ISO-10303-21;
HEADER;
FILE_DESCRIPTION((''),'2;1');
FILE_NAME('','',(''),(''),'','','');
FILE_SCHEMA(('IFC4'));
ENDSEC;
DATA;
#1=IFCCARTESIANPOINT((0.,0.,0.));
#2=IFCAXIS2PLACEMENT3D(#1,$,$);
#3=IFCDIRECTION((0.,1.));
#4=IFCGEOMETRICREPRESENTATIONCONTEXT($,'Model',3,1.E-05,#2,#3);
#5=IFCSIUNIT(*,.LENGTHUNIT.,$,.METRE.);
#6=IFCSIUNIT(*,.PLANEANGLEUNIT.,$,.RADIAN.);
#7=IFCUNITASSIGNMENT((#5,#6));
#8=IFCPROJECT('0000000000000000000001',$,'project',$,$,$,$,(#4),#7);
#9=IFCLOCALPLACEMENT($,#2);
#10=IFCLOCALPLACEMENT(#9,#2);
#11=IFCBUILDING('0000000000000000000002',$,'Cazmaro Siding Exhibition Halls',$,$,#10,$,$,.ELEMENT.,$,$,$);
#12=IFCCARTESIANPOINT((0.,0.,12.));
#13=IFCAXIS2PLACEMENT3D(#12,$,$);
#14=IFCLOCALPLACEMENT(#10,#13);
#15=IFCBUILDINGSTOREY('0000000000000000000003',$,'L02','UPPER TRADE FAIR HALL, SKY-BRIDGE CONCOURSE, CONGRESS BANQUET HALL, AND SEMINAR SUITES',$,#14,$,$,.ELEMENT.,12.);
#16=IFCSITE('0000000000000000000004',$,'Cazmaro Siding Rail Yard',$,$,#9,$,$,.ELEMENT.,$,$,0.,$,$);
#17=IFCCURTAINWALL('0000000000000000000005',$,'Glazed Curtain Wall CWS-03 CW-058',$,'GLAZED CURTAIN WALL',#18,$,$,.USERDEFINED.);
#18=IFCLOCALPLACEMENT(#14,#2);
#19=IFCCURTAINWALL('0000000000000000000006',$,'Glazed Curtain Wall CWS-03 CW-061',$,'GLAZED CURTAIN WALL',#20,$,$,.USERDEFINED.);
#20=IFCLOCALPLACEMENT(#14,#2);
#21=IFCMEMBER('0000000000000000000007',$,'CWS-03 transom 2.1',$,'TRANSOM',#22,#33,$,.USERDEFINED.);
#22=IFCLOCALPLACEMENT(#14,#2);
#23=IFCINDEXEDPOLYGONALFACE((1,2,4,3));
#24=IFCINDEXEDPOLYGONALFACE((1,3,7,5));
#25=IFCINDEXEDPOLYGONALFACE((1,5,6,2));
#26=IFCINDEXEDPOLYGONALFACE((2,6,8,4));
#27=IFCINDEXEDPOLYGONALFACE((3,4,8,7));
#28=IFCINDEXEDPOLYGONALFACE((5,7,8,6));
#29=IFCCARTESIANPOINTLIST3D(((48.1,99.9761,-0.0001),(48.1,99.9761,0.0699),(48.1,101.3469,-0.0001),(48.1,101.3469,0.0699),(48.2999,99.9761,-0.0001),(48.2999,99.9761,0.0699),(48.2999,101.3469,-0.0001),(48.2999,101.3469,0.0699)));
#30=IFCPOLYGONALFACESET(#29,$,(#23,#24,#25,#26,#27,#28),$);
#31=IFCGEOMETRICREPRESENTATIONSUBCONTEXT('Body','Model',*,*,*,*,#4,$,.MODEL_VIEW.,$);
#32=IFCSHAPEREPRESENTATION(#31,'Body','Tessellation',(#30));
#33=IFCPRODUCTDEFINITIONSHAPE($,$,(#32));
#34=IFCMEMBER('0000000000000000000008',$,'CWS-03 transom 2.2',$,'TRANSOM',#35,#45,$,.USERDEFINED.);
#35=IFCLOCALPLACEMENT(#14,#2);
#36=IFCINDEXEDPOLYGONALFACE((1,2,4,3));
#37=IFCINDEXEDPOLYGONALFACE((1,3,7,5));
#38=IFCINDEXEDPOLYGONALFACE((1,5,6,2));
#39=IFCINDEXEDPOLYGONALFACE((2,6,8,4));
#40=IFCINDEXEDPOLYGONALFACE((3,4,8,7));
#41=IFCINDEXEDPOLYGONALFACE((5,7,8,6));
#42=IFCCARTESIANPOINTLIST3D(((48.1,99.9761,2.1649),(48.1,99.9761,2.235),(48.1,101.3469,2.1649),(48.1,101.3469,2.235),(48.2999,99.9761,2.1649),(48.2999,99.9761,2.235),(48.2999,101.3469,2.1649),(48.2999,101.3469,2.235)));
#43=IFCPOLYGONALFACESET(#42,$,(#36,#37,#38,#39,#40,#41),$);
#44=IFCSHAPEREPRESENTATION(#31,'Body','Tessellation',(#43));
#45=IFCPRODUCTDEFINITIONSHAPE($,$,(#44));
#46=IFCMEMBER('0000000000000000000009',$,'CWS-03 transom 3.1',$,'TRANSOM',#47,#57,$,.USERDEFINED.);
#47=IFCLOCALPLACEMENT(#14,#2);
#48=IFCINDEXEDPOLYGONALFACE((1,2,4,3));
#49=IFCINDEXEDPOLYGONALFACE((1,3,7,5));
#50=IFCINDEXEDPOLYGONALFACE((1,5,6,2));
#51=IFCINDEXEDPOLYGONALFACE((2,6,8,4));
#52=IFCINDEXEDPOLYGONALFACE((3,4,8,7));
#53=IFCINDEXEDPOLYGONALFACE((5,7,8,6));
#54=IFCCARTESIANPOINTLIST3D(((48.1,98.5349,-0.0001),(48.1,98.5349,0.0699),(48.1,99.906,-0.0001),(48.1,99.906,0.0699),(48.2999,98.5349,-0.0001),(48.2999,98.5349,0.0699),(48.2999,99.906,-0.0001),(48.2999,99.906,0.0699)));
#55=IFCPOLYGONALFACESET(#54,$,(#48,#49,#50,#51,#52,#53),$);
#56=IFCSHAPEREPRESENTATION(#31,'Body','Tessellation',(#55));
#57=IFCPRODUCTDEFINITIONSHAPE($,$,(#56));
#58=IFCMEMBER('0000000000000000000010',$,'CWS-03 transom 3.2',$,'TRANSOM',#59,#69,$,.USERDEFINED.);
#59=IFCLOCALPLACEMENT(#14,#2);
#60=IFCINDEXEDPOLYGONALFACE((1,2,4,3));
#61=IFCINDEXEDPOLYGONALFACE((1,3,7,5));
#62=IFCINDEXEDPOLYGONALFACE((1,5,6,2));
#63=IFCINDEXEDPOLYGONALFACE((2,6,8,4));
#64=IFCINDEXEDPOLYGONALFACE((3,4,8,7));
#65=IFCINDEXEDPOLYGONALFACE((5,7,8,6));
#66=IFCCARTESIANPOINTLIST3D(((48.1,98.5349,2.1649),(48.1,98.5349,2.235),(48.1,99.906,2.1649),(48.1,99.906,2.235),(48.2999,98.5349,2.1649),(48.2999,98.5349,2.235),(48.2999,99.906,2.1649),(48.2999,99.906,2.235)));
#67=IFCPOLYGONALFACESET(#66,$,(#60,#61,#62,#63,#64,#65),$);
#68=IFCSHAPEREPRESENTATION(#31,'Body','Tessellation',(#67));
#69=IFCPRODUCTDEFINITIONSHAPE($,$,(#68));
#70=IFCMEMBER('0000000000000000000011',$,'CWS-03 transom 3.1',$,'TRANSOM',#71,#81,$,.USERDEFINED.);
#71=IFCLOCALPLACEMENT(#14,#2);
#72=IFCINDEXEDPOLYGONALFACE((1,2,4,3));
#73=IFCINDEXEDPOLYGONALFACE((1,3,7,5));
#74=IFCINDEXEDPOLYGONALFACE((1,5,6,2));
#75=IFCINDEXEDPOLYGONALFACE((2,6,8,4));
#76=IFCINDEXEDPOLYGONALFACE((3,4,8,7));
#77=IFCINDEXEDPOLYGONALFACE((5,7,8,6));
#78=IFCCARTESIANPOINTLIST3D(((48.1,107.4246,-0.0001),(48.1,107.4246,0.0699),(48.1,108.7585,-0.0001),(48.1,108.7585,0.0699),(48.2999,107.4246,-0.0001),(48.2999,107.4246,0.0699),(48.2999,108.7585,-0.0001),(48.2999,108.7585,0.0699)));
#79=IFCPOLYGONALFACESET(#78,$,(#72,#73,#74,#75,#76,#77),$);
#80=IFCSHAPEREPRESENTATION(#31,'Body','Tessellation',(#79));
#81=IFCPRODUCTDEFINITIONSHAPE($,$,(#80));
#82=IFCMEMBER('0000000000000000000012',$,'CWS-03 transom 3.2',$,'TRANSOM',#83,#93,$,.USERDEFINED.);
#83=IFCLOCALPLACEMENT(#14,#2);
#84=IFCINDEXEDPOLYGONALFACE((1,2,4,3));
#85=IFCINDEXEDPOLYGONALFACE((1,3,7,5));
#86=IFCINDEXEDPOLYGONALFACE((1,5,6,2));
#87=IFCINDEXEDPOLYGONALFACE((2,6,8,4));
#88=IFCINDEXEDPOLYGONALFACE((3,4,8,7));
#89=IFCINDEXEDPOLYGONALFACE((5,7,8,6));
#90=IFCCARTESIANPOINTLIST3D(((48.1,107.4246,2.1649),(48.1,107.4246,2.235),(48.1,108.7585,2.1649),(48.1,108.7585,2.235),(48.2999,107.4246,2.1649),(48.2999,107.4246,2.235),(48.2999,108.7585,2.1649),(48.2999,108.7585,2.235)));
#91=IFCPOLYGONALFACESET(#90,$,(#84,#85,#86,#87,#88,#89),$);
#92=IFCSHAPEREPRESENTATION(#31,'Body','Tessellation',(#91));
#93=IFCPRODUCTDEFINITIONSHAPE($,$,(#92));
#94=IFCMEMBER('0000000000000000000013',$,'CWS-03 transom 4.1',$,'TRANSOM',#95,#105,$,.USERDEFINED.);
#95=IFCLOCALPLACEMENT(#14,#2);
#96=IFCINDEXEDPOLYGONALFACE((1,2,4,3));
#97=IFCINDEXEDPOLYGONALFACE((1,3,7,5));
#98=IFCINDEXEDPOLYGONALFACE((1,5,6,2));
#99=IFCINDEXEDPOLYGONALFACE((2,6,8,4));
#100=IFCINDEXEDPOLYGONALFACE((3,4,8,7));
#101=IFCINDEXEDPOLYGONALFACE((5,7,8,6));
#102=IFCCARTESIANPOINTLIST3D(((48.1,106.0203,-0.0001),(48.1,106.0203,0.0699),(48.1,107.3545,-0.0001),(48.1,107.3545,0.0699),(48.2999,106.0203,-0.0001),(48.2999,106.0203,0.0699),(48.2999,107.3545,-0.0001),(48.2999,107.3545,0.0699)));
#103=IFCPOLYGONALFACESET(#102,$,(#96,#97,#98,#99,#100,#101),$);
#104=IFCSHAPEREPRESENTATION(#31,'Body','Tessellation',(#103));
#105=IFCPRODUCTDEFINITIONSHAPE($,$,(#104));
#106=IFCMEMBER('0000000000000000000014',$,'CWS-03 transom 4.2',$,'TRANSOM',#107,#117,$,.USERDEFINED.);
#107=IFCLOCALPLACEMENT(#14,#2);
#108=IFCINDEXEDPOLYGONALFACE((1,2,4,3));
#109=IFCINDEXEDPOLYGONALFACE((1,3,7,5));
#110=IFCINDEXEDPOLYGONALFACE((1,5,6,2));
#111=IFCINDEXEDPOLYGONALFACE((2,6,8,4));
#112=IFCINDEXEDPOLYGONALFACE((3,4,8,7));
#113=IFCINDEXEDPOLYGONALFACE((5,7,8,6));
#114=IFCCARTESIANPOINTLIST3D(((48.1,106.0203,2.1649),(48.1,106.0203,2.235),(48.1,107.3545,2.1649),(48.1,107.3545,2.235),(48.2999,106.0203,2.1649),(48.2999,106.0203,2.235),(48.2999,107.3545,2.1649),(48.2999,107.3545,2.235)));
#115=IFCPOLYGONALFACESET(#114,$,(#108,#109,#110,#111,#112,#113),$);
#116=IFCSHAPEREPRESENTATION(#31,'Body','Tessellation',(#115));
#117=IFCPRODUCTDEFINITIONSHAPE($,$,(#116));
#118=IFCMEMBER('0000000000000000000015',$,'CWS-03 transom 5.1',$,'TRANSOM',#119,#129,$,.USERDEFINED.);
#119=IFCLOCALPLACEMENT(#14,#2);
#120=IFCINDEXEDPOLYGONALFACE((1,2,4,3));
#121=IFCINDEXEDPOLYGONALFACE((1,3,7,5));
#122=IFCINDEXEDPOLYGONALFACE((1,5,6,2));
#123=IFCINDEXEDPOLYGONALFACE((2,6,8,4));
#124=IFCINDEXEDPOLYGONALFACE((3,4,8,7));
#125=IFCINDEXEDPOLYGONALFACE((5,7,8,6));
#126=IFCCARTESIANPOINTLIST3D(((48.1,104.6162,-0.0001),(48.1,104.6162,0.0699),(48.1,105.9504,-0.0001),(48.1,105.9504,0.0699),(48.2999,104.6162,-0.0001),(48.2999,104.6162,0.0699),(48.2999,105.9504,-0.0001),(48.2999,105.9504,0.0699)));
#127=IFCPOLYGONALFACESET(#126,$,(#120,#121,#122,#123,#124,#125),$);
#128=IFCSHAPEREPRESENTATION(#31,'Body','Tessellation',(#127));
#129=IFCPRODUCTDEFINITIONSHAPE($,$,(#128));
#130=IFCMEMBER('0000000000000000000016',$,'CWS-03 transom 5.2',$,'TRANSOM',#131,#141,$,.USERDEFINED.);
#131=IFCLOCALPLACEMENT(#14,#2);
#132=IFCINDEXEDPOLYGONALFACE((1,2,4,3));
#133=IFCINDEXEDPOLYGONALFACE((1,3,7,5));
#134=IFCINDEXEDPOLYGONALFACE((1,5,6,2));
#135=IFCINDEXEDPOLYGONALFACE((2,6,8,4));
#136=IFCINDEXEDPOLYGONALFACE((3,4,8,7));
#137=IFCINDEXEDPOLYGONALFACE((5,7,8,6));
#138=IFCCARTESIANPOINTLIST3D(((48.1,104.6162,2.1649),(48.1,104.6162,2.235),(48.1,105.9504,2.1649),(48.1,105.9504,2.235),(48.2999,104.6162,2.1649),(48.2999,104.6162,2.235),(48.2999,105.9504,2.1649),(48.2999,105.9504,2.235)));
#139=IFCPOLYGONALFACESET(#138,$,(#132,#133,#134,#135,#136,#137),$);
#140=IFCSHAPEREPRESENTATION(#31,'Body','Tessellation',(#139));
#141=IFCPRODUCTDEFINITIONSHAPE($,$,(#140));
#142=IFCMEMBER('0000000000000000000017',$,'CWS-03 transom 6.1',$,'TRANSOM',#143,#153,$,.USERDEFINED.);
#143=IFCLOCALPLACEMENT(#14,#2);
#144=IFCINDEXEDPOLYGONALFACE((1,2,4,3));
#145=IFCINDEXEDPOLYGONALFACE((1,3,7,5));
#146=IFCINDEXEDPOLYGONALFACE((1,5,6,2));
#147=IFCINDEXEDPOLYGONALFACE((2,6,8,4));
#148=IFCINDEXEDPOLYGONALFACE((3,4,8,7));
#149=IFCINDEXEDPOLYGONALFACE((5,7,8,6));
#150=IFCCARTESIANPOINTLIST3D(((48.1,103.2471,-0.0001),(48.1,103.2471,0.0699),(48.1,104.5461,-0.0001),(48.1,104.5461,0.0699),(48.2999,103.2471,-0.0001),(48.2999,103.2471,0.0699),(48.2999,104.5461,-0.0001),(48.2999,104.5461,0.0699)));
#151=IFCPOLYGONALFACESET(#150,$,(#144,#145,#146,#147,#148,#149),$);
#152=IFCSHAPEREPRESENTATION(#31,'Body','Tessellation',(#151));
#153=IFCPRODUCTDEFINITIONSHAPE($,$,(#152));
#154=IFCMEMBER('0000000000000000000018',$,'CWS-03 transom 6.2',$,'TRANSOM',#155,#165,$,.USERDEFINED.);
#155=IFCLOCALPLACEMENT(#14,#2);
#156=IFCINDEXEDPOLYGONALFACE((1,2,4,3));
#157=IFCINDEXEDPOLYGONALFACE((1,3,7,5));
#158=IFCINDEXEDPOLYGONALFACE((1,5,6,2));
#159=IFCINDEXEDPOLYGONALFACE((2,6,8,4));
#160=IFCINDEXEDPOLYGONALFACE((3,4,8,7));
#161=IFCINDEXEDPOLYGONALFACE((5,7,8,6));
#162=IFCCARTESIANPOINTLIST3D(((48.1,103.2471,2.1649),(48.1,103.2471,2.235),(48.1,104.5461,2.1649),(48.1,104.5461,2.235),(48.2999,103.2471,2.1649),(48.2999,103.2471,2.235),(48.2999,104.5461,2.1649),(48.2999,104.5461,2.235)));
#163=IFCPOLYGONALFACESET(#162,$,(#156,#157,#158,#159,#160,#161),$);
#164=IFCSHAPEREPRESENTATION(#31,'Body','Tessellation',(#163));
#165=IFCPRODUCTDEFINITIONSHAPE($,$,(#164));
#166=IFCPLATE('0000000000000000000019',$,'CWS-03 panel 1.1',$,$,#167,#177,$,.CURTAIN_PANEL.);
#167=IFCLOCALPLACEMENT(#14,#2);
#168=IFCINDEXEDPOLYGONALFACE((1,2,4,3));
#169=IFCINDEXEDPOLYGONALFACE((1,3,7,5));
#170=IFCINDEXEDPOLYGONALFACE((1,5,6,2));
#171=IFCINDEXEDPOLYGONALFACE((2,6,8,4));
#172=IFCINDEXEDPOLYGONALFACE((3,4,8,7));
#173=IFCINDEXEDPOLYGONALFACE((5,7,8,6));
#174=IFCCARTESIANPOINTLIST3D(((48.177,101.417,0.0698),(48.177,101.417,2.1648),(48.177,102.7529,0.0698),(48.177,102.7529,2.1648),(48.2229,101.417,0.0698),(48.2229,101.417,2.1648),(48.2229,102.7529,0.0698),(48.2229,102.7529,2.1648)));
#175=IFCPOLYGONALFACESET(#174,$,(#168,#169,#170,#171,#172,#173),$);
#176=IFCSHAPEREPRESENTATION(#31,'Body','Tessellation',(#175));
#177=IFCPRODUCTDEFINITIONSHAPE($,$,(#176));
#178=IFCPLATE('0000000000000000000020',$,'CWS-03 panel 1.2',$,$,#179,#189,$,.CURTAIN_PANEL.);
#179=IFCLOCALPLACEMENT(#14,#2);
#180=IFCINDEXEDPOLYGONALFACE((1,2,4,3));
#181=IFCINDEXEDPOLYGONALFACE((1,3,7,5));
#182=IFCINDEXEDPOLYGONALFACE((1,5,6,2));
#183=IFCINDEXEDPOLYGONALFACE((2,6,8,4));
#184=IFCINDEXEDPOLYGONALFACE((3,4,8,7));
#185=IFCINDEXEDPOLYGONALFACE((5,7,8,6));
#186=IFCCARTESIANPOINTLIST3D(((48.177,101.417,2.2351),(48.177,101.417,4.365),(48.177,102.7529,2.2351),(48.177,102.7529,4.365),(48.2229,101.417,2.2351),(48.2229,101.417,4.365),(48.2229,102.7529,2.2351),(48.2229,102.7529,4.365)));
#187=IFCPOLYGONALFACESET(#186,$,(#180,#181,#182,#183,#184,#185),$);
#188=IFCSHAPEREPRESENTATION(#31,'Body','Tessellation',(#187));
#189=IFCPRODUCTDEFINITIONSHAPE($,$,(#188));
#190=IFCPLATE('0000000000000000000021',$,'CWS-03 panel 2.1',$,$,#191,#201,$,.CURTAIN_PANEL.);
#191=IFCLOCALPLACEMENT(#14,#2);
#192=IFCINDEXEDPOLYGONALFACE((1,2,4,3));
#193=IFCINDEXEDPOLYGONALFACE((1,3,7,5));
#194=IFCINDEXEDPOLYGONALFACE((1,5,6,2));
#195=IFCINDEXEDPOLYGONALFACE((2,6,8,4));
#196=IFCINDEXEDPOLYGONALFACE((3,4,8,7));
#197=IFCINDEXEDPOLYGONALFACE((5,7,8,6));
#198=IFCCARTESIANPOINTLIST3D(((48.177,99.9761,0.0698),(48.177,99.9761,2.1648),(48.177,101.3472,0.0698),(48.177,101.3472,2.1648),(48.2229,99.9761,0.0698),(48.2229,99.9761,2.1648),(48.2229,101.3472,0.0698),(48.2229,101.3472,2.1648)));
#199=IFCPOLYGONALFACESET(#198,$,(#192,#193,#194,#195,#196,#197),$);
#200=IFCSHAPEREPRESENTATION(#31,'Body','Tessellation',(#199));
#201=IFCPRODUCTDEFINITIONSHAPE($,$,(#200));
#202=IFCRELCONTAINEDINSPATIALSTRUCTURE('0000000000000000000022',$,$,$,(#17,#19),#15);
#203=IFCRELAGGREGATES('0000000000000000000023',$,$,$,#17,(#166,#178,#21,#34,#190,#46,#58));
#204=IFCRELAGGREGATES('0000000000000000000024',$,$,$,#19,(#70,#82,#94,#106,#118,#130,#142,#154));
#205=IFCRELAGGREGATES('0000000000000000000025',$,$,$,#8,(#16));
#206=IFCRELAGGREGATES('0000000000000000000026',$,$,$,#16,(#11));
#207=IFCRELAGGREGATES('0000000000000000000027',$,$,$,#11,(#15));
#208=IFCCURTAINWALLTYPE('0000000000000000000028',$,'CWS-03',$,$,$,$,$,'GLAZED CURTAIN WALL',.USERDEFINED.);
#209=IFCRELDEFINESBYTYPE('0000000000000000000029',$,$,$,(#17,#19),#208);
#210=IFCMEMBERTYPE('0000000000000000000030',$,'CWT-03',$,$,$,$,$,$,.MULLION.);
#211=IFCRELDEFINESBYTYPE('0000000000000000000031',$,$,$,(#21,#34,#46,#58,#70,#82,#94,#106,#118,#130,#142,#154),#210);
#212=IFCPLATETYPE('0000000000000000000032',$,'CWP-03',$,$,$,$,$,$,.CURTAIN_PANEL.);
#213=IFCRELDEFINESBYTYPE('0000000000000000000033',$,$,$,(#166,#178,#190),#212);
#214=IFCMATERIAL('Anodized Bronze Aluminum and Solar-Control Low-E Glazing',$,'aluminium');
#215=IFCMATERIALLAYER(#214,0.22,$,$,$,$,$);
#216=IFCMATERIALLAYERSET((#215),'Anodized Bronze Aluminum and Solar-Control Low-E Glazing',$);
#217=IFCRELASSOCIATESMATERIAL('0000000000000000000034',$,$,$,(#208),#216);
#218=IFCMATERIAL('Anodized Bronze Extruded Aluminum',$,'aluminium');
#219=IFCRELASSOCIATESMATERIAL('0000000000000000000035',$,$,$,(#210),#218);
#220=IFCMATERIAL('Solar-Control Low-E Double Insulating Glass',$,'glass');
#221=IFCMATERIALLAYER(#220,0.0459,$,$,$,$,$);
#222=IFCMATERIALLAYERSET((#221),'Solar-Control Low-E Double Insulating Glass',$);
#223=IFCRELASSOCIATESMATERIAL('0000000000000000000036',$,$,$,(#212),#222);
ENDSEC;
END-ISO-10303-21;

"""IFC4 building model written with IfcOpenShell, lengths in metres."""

from ifc_helpers import new_model, si_unit, direction, frame, origin, origin_2d, place, context, subcontext, project, spatial, rectangle, extrude, material, layer, layer_set, material_profile, profile_set, type_object, element, aggregate, save


model = new_model("IFC4")

# Units and contexts
model_context = context("Model", 3, precision=1e-05, world=origin(), true_north=direction((0.0, 1.0)))
body_context = subcontext(model_context, "Body", "Model", "MODEL_VIEW")
ifc_project = project(units=[si_unit("LENGTHUNIT", "METRE"), si_unit("PLANEANGLEUNIT", "RADIAN")], contexts=[model_context])

# Site, building, storey
site_placement = place(None, origin())
site = spatial("IfcSite", under=ifc_project, at=site_placement, Name="Cazmaro Siding Rail Yard", CompositionType="ELEMENT", RefElevation=0.0)
building_placement = place(site_placement, origin())
building = spatial("IfcBuilding", under=site, at=building_placement, Name="Cazmaro Siding Exhibition Halls", CompositionType="ELEMENT")
storey_placement = place(building_placement, frame((0.0, 0.0, 12.0)))
storey = spatial("IfcBuildingStorey", under=building, at=storey_placement, Name="L02", Description="UPPER TRADE FAIR HALL, SKY-BRIDGE CONCOURSE, CONGRESS BANQUET HALL, AND SEMINAR SUITES", CompositionType="ELEMENT", Elevation=12.0)

# Curtain walls
ifc_material_1 = material(Name="Anodized Bronze Aluminum and Solar-Control Low-E Glazing", Category="aluminium")
ifc_layer_1 = layer(ifc_material_1, 0.22)
ifc_layer_set_1 = layer_set([ifc_layer_1], Name="Anodized Bronze Aluminum and Solar-Control Low-E Glazing")
curtain_wall_type = type_object("IfcCurtainWallType", Name="CWS-03", ElementType="GLAZED CURTAIN WALL", PredefinedType="USERDEFINED", material=ifc_layer_set_1)
curtain_wall_1_placement = place(storey_placement, origin())
curtain_wall_1 = element("IfcCurtainWall", 1, at=curtain_wall_1_placement, inside=storey, type_object=curtain_wall_type, Name="Glazed Curtain Wall CWS-03 CW-058", ObjectType="GLAZED CURTAIN WALL", PredefinedType="USERDEFINED")
curtain_wall_2_placement = place(storey_placement, origin())
curtain_wall_2 = element("IfcCurtainWall", 2, at=curtain_wall_2_placement, inside=storey, type_object=curtain_wall_type, Name="Glazed Curtain Wall CWS-03 CW-061", ObjectType="GLAZED CURTAIN WALL", PredefinedType="USERDEFINED")

# Members
ifc_material_2 = material(Name="Anodized Bronze Extruded Aluminum", Category="aluminium")
ifc_material_profile_1 = material_profile(ifc_material_2, rectangle(XDim=0.2, YDim=0.0701, at=origin_2d()), Name="CWT-03")
ifc_profile_set_1 = profile_set([ifc_material_profile_1], Name="Anodized Bronze Extruded Aluminum")
member_type_1 = type_object("IfcMemberType", Name="CWT-03", PredefinedType="MULLION", material=ifc_profile_set_1)
member_1_placement = place(storey_placement, frame((48.2, 101.3469, 0.0349), z_axis=(0.0, -1.0, 0.0), x_axis=(1.0, 0.0, 0.0)))
member_1 = element("IfcMember", 3, at=member_1_placement, type_object=member_type_1, Name="CWS-03 transom 2.1", ObjectType="TRANSOM", PredefinedType="USERDEFINED", context=body_context, shape_type="SweptSolid", body=[
    extrude(rectangle(XDim=0.2, YDim=0.0701, at=origin_2d()), origin(), (0.0, 0.0, 1.0), 1.3708),
])
member_2_placement = place(storey_placement, frame((48.2, 101.3469, 2.2), z_axis=(0.0, -1.0, 0.0), x_axis=(1.0, 0.0, 0.0)))
member_2 = element("IfcMember", 4, at=member_2_placement, type_object=member_type_1, Name="CWS-03 transom 2.2", ObjectType="TRANSOM", PredefinedType="USERDEFINED", context=body_context, shape_type="SweptSolid", body=[
    extrude(rectangle(XDim=0.2, YDim=0.0701, at=origin_2d()), origin(), (0.0, 0.0, 1.0), 1.3708),
])
member_3_placement = place(storey_placement, frame((48.2, 99.906, 0.0349), z_axis=(0.0, -1.0, 0.0), x_axis=(1.0, 0.0, 0.0)))
member_3 = element("IfcMember", 5, at=member_3_placement, type_object=member_type_1, Name="CWS-03 transom 3.1", ObjectType="TRANSOM", PredefinedType="USERDEFINED", context=body_context, shape_type="SweptSolid", body=[
    extrude(rectangle(XDim=0.2, YDim=0.0701, at=origin_2d()), origin(), (0.0, 0.0, 1.0), 1.3711),
])
member_4_placement = place(storey_placement, frame((48.2, 99.906, 2.2), z_axis=(0.0, -1.0, 0.0), x_axis=(1.0, 0.0, 0.0)))
member_4 = element("IfcMember", 6, at=member_4_placement, type_object=member_type_1, Name="CWS-03 transom 3.2", ObjectType="TRANSOM", PredefinedType="USERDEFINED", context=body_context, shape_type="SweptSolid", body=[
    extrude(rectangle(XDim=0.2, YDim=0.0701, at=origin_2d()), origin(), (0.0, 0.0, 1.0), 1.3711),
])
member_5_placement = place(storey_placement, frame((48.2, 108.7585, 0.0349), z_axis=(0.0, -1.0, 0.0), x_axis=(1.0, 0.0, 0.0)))
member_5 = element("IfcMember", 7, at=member_5_placement, type_object=member_type_1, Name="CWS-03 transom 3.1", ObjectType="TRANSOM", PredefinedType="USERDEFINED", context=body_context, shape_type="SweptSolid", body=[
    extrude(rectangle(XDim=0.2, YDim=0.0701, at=origin_2d()), origin(), (0.0, 0.0, 1.0), 1.334),
])
member_6_placement = place(storey_placement, frame((48.2, 108.7585, 2.2), z_axis=(0.0, -1.0, 0.0), x_axis=(1.0, 0.0, 0.0)))
member_6 = element("IfcMember", 8, at=member_6_placement, type_object=member_type_1, Name="CWS-03 transom 3.2", ObjectType="TRANSOM", PredefinedType="USERDEFINED", context=body_context, shape_type="SweptSolid", body=[
    extrude(rectangle(XDim=0.2, YDim=0.0701, at=origin_2d()), origin(), (0.0, 0.0, 1.0), 1.334),
])
member_7_placement = place(storey_placement, frame((48.2, 107.3545, 0.0349), z_axis=(0.0, -1.0, 0.0), x_axis=(1.0, 0.0, 0.0)))
member_7 = element("IfcMember", 9, at=member_7_placement, type_object=member_type_1, Name="CWS-03 transom 4.1", ObjectType="TRANSOM", PredefinedType="USERDEFINED", context=body_context, shape_type="SweptSolid", body=[
    extrude(rectangle(XDim=0.2, YDim=0.0701, at=origin_2d()), origin(), (0.0, 0.0, 1.0), 1.3342),
])
member_8_placement = place(storey_placement, frame((48.2, 107.3545, 2.2), z_axis=(0.0, -1.0, 0.0), x_axis=(1.0, 0.0, 0.0)))
member_8 = element("IfcMember", 10, at=member_8_placement, type_object=member_type_1, Name="CWS-03 transom 4.2", ObjectType="TRANSOM", PredefinedType="USERDEFINED", context=body_context, shape_type="SweptSolid", body=[
    extrude(rectangle(XDim=0.2, YDim=0.0701, at=origin_2d()), origin(), (0.0, 0.0, 1.0), 1.3342),
])
member_9_placement = place(storey_placement, frame((48.2, 105.9504, 0.0349), z_axis=(0.0, -1.0, 0.0), x_axis=(1.0, 0.0, 0.0)))
member_9 = element("IfcMember", 11, at=member_9_placement, type_object=member_type_1, Name="CWS-03 transom 5.1", ObjectType="TRANSOM", PredefinedType="USERDEFINED", context=body_context, shape_type="SweptSolid", body=[
    extrude(rectangle(XDim=0.2, YDim=0.0701, at=origin_2d()), origin(), (0.0, 0.0, 1.0), 1.3342),
])
member_10_placement = place(storey_placement, frame((48.2, 105.9504, 2.2), z_axis=(0.0, -1.0, 0.0), x_axis=(1.0, 0.0, 0.0)))
member_10 = element("IfcMember", 12, at=member_10_placement, type_object=member_type_1, Name="CWS-03 transom 5.2", ObjectType="TRANSOM", PredefinedType="USERDEFINED", context=body_context, shape_type="SweptSolid", body=[
    extrude(rectangle(XDim=0.2, YDim=0.0701, at=origin_2d()), origin(), (0.0, 0.0, 1.0), 1.3342),
])
member_11_placement = place(storey_placement, frame((48.2, 104.5461, 0.0349), z_axis=(0.0, -1.0, 0.0), x_axis=(1.0, 0.0, 0.0)))
member_11 = element("IfcMember", 13, at=member_11_placement, type_object=member_type_1, Name="CWS-03 transom 6.1", ObjectType="TRANSOM", PredefinedType="USERDEFINED", context=body_context, shape_type="SweptSolid", body=[
    extrude(rectangle(XDim=0.2, YDim=0.0701, at=origin_2d()), origin(), (0.0, 0.0, 1.0), 1.2991),
])
member_12_placement = place(storey_placement, frame((48.2, 104.5461, 2.2), z_axis=(0.0, -1.0, 0.0), x_axis=(1.0, 0.0, 0.0)))
member_12 = element("IfcMember", 14, at=member_12_placement, type_object=member_type_1, Name="CWS-03 transom 6.2", ObjectType="TRANSOM", PredefinedType="USERDEFINED", context=body_context, shape_type="SweptSolid", body=[
    extrude(rectangle(XDim=0.2, YDim=0.0701, at=origin_2d()), origin(), (0.0, 0.0, 1.0), 1.2991),
])

# Plates
ifc_material_3 = material(Name="Solar-Control Low-E Double Insulating Glass", Category="glass")
ifc_layer_2 = layer(ifc_material_3, 0.0459)
ifc_layer_set_2 = layer_set([ifc_layer_2], Name="Solar-Control Low-E Double Insulating Glass")
plate_type = type_object("IfcPlateType", Name="CWP-03", PredefinedType="CURTAIN_PANEL", material=ifc_layer_set_2)
plate_1_placement = place(storey_placement, frame((48.2, 102.085, 0.0698), z_axis=(0.0, 0.0, 1.0), x_axis=(0.0, -1.0, 0.0)))
plate_1 = element("IfcPlate", 15, at=plate_1_placement, type_object=plate_type, Name="CWS-03 panel 1.1", PredefinedType="CURTAIN_PANEL", context=body_context, shape_type="SweptSolid", body=[
    extrude(rectangle(XDim=1.3359, YDim=0.0459, at=origin_2d()), origin(), (0.0, 0.0, 1.0), 2.095),
])
plate_2_placement = place(storey_placement, frame((48.2, 102.085, 2.2351), z_axis=(0.0, 0.0, 1.0), x_axis=(0.0, -1.0, 0.0)))
plate_2 = element("IfcPlate", 16, at=plate_2_placement, type_object=plate_type, Name="CWS-03 panel 1.2", PredefinedType="CURTAIN_PANEL", context=body_context, shape_type="SweptSolid", body=[
    extrude(rectangle(XDim=1.3359, YDim=0.0459, at=origin_2d()), origin(), (0.0, 0.0, 1.0), 2.1299),
])
plate_3_placement = place(storey_placement, frame((48.2, 100.6616, 0.0698), z_axis=(0.0, 0.0, 1.0), x_axis=(0.0, -1.0, 0.0)))
plate_3 = element("IfcPlate", 17, at=plate_3_placement, type_object=plate_type, Name="CWS-03 panel 2.1", PredefinedType="CURTAIN_PANEL", context=body_context, shape_type="SweptSolid", body=[
    extrude(rectangle(XDim=1.3711, YDim=0.0459, at=origin_2d()), origin(), (0.0, 0.0, 1.0), 2.095),
])
aggregate(curtain_wall_1, [plate_1, plate_2, member_1, member_2, plate_3, member_3, member_4])
aggregate(curtain_wall_2, [member_5, member_6, member_7, member_8, member_9, member_10, member_11, member_12])

save(model, "model.ifc")
